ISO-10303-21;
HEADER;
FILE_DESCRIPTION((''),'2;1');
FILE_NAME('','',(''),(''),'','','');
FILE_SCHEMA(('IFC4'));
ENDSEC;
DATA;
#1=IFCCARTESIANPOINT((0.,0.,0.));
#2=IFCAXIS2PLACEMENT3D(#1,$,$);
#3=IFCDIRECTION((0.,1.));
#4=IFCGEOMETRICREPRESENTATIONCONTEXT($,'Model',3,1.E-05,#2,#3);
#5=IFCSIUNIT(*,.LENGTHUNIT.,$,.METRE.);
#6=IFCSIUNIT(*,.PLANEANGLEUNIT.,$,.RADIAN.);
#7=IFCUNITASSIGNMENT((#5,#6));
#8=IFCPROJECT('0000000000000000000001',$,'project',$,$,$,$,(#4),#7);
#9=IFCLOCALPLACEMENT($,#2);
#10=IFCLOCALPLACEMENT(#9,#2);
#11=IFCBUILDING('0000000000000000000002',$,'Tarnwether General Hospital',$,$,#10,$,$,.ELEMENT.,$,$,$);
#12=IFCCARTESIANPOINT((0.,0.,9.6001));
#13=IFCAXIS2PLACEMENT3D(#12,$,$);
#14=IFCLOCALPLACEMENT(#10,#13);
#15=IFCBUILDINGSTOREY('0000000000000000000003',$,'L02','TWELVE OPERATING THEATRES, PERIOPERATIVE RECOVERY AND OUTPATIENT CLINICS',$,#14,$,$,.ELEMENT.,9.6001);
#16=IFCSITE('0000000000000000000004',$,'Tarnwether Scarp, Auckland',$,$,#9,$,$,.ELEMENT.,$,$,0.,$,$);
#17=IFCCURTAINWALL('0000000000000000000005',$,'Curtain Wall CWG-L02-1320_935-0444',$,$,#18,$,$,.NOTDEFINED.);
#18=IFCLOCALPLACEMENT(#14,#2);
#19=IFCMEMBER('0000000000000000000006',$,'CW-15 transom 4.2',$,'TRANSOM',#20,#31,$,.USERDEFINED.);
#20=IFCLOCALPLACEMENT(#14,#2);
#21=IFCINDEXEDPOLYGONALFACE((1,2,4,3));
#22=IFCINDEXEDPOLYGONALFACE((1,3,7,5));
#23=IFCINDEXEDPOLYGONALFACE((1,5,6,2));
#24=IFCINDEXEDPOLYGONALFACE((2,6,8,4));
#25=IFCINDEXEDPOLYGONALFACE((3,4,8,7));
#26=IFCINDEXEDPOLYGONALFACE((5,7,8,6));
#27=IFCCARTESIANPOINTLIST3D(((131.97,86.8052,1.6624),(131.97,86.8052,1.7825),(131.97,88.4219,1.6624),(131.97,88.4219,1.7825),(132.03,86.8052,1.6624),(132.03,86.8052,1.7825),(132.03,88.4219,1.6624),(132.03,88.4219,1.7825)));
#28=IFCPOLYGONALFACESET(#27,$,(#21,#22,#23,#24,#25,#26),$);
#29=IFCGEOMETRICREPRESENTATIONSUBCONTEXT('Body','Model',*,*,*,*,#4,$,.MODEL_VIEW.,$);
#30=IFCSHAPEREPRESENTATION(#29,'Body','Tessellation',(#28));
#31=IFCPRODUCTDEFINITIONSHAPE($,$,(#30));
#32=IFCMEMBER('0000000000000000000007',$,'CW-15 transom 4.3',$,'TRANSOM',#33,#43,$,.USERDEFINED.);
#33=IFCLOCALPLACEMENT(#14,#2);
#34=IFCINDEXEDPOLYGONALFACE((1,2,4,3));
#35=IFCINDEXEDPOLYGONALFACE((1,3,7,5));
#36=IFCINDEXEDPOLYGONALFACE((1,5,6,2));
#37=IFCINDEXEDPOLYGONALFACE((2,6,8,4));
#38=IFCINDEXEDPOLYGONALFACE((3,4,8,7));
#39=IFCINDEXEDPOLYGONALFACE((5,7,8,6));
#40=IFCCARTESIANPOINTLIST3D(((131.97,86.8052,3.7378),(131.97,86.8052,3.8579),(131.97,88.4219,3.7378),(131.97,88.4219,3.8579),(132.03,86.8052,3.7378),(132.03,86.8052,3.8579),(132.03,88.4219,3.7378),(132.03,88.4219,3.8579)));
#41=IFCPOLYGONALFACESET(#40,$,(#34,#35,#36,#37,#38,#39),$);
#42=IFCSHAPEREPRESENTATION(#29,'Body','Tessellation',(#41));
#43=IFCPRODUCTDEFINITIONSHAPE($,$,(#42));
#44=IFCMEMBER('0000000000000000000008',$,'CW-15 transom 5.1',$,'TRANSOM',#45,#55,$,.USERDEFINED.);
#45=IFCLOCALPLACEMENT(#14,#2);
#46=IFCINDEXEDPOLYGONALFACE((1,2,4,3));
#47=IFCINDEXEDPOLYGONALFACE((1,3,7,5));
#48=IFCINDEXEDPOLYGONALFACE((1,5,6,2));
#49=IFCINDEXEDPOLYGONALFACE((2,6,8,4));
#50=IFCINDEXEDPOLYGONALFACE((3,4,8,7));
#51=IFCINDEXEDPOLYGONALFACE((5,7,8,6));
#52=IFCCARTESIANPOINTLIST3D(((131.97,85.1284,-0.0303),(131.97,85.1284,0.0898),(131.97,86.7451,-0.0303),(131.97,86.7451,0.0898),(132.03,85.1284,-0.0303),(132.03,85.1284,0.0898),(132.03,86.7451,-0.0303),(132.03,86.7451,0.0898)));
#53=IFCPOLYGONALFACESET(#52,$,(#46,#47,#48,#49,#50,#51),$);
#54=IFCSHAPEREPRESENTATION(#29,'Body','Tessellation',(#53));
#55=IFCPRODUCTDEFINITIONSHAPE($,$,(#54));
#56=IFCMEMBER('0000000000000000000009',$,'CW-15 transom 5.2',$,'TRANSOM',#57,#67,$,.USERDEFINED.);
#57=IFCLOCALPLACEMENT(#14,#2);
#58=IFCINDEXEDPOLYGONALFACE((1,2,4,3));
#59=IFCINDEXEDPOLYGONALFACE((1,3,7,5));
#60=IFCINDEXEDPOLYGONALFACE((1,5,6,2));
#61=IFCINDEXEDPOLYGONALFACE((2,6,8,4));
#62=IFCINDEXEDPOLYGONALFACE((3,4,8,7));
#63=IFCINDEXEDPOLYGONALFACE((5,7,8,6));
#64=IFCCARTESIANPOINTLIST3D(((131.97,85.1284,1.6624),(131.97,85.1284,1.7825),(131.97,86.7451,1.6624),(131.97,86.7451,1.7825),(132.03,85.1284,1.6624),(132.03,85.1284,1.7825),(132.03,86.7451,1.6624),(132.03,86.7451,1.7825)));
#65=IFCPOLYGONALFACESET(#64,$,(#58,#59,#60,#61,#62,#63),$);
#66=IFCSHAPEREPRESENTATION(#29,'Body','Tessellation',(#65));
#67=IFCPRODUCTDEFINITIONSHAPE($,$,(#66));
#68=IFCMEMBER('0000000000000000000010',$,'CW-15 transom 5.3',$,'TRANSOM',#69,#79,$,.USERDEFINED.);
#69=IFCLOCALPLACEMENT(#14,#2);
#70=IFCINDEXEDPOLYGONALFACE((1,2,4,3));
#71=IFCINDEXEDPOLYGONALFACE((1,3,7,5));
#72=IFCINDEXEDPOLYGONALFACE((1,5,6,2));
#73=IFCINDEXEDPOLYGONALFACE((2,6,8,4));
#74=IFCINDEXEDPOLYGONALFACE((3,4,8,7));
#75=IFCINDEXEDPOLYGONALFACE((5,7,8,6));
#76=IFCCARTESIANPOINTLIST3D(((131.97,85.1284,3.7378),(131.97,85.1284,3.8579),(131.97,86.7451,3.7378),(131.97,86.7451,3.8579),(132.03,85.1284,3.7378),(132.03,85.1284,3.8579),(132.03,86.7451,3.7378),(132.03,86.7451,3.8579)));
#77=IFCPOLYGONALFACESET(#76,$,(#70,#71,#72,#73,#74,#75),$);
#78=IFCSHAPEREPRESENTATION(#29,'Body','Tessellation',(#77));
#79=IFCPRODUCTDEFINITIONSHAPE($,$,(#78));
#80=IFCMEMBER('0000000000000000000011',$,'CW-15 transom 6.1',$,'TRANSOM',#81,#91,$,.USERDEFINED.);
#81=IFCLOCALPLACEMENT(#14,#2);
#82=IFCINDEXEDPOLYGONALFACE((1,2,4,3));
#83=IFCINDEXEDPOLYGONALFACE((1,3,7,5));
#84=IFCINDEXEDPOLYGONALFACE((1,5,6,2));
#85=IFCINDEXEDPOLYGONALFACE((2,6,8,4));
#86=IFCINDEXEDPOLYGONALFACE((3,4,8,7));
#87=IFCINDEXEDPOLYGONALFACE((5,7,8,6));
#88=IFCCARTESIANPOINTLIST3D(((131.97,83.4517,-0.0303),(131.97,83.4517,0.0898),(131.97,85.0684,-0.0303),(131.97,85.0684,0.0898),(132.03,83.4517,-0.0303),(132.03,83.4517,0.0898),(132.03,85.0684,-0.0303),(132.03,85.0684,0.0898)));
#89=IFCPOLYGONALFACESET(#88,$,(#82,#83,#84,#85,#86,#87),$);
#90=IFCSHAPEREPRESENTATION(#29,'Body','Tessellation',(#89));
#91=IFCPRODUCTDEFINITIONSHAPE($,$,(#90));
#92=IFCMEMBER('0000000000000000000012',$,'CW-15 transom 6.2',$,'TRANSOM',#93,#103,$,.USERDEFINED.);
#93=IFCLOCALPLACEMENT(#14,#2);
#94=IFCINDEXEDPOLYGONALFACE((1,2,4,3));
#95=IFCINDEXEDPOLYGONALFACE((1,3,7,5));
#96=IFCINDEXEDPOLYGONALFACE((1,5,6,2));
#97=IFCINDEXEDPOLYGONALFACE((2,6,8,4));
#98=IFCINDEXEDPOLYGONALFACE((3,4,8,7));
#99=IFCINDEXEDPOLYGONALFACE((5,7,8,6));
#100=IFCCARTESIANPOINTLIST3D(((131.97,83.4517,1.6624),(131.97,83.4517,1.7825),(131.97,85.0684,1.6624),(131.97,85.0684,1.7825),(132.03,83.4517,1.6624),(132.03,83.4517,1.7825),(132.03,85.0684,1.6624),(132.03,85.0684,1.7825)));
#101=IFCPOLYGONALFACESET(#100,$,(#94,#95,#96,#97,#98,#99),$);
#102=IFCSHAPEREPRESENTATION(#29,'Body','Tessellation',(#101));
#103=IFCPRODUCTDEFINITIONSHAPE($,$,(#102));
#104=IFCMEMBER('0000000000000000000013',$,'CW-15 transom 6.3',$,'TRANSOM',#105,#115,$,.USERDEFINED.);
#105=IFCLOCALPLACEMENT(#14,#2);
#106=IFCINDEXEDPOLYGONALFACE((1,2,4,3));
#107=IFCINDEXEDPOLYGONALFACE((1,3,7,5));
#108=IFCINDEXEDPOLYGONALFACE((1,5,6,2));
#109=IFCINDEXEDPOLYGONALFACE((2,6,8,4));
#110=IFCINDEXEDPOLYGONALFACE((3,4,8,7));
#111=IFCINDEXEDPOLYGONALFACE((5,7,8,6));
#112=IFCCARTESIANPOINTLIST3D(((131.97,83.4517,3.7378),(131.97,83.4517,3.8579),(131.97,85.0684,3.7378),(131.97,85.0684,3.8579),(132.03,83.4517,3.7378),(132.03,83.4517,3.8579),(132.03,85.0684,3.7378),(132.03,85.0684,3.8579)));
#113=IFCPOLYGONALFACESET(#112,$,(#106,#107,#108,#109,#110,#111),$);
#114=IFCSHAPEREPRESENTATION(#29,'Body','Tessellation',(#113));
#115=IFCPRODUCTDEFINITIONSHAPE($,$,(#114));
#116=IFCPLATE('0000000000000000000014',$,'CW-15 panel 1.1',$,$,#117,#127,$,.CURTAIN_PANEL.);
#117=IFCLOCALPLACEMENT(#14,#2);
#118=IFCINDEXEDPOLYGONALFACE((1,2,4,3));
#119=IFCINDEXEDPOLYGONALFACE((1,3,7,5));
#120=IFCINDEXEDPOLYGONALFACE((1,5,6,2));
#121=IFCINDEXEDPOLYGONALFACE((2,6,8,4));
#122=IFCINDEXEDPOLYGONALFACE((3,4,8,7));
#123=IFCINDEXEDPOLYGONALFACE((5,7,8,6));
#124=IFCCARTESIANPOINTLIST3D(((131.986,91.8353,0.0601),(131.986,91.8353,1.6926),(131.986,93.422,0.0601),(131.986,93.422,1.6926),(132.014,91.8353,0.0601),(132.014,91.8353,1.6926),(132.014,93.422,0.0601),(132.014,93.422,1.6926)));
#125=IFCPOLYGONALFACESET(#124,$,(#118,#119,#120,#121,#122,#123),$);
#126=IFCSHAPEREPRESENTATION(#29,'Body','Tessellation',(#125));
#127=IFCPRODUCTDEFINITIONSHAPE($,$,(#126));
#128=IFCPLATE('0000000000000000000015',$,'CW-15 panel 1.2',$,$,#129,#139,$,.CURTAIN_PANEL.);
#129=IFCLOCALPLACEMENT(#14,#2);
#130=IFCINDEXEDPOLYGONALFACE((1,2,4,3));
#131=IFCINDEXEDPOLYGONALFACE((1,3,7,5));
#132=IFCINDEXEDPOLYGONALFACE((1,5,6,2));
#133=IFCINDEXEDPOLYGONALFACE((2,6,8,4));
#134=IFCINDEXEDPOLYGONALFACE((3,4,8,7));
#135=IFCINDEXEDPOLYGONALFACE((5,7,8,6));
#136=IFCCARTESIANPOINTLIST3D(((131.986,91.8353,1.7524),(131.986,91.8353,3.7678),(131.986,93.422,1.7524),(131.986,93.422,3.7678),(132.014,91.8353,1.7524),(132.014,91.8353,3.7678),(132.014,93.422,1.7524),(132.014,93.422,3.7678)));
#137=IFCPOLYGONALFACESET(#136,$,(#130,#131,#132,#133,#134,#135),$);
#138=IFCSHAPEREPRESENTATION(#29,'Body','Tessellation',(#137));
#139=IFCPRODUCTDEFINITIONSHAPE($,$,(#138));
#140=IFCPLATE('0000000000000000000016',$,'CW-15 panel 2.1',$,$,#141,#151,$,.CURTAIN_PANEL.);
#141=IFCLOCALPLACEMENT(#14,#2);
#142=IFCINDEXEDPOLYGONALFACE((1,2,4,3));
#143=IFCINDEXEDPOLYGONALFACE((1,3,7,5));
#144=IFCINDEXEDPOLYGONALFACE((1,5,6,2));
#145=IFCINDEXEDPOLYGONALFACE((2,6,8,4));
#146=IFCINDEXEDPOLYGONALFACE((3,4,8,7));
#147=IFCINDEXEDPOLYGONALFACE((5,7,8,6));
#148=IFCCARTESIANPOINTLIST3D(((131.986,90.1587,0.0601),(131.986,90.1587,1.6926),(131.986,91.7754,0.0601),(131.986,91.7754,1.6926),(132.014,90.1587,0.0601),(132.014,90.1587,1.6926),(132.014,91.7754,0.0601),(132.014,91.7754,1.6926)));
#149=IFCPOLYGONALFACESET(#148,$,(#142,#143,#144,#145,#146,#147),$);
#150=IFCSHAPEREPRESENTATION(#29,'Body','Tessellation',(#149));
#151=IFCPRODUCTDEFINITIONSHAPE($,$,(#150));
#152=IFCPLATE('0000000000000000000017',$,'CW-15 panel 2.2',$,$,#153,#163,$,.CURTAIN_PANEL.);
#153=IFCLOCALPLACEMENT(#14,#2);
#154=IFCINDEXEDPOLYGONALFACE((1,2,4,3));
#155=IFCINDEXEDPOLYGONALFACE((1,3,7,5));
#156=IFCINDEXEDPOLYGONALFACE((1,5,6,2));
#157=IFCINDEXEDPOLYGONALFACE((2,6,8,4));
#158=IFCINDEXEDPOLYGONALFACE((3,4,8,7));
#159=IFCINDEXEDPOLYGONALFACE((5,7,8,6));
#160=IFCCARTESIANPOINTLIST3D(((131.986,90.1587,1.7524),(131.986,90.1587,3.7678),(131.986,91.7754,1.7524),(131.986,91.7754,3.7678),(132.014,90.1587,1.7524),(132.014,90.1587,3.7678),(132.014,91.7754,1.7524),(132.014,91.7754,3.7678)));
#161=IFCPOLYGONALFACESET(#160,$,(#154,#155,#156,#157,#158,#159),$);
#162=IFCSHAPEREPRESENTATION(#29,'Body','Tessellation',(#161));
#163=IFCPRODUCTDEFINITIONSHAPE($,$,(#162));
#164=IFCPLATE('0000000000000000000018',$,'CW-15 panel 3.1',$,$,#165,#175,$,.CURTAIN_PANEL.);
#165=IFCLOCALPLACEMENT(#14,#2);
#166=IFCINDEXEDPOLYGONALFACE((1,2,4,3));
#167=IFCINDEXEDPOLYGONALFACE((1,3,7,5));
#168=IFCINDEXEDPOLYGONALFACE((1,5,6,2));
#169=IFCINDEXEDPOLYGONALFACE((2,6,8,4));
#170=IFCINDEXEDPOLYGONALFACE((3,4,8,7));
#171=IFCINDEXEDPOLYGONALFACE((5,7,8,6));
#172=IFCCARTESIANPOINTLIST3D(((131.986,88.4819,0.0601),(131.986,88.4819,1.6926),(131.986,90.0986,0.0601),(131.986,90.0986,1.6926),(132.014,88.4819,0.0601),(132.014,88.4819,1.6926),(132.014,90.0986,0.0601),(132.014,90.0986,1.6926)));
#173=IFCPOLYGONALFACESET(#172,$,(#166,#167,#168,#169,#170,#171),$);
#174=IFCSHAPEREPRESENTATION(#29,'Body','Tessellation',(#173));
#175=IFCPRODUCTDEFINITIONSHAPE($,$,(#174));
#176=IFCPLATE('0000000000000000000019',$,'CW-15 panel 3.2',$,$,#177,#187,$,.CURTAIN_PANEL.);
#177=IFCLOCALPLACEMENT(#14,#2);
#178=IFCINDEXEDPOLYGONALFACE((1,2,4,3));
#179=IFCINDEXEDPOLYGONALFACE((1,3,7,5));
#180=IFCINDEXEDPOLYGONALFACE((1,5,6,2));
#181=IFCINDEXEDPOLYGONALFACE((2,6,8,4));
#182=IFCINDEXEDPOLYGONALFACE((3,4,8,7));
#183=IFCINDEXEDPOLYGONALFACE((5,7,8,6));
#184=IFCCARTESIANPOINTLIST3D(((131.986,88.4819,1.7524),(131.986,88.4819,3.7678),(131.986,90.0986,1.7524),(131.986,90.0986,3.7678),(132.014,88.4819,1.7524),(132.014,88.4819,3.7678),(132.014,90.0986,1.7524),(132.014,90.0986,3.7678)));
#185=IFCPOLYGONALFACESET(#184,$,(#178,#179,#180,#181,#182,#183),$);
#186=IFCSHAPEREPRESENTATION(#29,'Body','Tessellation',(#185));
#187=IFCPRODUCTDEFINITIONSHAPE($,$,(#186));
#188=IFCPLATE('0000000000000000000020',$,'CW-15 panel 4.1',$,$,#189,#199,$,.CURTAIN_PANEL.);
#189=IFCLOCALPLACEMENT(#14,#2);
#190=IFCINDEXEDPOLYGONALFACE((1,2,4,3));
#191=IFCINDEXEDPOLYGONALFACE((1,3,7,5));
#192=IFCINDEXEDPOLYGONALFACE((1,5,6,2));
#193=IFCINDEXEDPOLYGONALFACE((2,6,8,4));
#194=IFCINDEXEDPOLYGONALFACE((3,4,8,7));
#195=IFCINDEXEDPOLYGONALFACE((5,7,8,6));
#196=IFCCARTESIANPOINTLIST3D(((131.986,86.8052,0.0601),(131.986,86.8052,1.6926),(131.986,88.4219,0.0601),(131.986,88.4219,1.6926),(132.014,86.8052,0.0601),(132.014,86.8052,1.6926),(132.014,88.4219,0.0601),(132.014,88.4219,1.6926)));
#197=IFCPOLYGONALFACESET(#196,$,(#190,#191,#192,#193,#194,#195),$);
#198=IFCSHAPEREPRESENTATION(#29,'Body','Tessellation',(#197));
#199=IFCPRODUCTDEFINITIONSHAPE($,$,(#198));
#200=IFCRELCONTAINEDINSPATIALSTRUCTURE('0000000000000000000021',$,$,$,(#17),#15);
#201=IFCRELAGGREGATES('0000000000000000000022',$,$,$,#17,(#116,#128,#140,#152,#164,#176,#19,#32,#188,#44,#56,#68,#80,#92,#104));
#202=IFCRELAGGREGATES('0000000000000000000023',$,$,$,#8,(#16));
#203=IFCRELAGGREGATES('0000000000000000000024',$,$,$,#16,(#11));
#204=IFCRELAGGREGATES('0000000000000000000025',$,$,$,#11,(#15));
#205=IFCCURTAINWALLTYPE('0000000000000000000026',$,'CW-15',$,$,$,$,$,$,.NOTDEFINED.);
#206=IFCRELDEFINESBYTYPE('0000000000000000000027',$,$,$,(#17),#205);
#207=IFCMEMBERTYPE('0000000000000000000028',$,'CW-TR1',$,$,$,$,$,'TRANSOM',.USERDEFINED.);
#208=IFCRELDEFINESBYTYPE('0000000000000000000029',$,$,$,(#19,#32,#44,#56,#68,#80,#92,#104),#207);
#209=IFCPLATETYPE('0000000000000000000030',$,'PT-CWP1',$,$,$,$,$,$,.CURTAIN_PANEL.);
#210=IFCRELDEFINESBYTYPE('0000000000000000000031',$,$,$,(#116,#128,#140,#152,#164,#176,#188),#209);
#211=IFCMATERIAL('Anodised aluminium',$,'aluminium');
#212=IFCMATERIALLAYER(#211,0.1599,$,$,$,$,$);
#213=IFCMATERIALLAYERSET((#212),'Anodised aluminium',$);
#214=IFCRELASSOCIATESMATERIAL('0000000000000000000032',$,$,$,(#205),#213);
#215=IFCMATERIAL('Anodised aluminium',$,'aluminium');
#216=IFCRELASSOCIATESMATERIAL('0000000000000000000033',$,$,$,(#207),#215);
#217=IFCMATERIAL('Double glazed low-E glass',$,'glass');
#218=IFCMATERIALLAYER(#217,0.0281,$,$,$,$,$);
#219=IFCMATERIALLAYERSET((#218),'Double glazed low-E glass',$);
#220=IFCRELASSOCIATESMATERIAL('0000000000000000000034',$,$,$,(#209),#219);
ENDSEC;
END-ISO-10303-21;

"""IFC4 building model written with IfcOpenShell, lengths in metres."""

from ifc_helpers import new_model, si_unit, direction, frame, origin, origin_2d, place, context, subcontext, project, spatial, rectangle, extrude, material, layer, layer_set, material_profile, profile_set, type_object, element, aggregate, save


model = new_model("IFC4")

# Units and contexts
model_context = context("Model", 3, precision=1e-05, world=origin(), true_north=direction((0.0, 1.0)))
body_context = subcontext(model_context, "Body", "Model", "MODEL_VIEW")
ifc_project = project(units=[si_unit("LENGTHUNIT", "METRE"), si_unit("PLANEANGLEUNIT", "RADIAN")], contexts=[model_context])

# Site, building, storey
site_placement = place(None, origin())
site = spatial("IfcSite", under=ifc_project, at=site_placement, Name="Tarnwether Scarp, Auckland", CompositionType="ELEMENT", RefElevation=0.0)
building_placement = place(site_placement, origin())
building = spatial("IfcBuilding", under=site, at=building_placement, Name="Tarnwether General Hospital", CompositionType="ELEMENT")
storey_placement = place(building_placement, frame((0.0, 0.0, 9.6001)))
storey = spatial("IfcBuildingStorey", under=building, at=storey_placement, Name="L02", Description="TWELVE OPERATING THEATRES, PERIOPERATIVE RECOVERY AND OUTPATIENT CLINICS", CompositionType="ELEMENT", Elevation=9.6001)

# Curtain wall, members, plates
ifc_material_1 = material(Name="Anodised aluminium", Category="aluminium")
ifc_layer_1 = layer(ifc_material_1, 0.1599)
ifc_layer_set_1 = layer_set([ifc_layer_1], Name="Anodised aluminium")
curtain_wall_type = type_object("IfcCurtainWallType", Name="CW-15", PredefinedType="NOTDEFINED", material=ifc_layer_set_1)
curtain_wall_placement = place(storey_placement, origin())
curtain_wall = element("IfcCurtainWall", 1, at=curtain_wall_placement, inside=storey, type_object=curtain_wall_type, Name="Curtain Wall CWG-L02-1320_935-0444", PredefinedType="NOTDEFINED")
ifc_material_2 = material(Name="Anodised aluminium", Category="aluminium")
ifc_material_profile_1 = material_profile(ifc_material_2, rectangle(XDim=0.0601, YDim=0.1201, at=origin_2d()), Name="ALU-TRN-60x120")
ifc_profile_set_1 = profile_set([ifc_material_profile_1], Name="Anodised aluminium")
member_type_1 = type_object("IfcMemberType", Name="CW-TR1", ElementType="TRANSOM", PredefinedType="USERDEFINED", material=ifc_profile_set_1)
member_1_placement = place(storey_placement, frame((132.0, 88.4219, 1.7224), z_axis=(0.0, -1.0, 0.0), x_axis=(1.0, 0.0, 0.0)))
member_1 = element("IfcMember", 2, at=member_1_placement, type_object=member_type_1, Name="CW-15 transom 4.2", ObjectType="TRANSOM", PredefinedType="USERDEFINED", context=body_context, shape_type="SweptSolid", body=[
    extrude(rectangle(XDim=0.0601, YDim=0.1201, at=origin_2d()), origin(), (0.0, 0.0, 1.0), 1.6167),
])
member_2_placement = place(storey_placement, frame((132.0, 88.4219, 3.7979), z_axis=(0.0, -1.0, 0.0), x_axis=(1.0, 0.0, 0.0)))
member_2 = element("IfcMember", 3, at=member_2_placement, type_object=member_type_1, Name="CW-15 transom 4.3", ObjectType="TRANSOM", PredefinedType="USERDEFINED", context=body_context, shape_type="SweptSolid", body=[
    extrude(rectangle(XDim=0.0601, YDim=0.1201, at=origin_2d()), origin(), (0.0, 0.0, 1.0), 1.6167),
])
member_3_placement = place(storey_placement, frame((132.0, 86.7451, 0.0298), z_axis=(0.0, -1.0, 0.0), x_axis=(1.0, 0.0, 0.0)))
member_3 = element("IfcMember", 4, at=member_3_placement, type_object=member_type_1, Name="CW-15 transom 5.1", ObjectType="TRANSOM", PredefinedType="USERDEFINED", context=body_context, shape_type="SweptSolid", body=[
    extrude(rectangle(XDim=0.0601, YDim=0.1201, at=origin_2d()), origin(), (0.0, 0.0, 1.0), 1.6167),
])
member_4_placement = place(storey_placement, frame((132.0, 86.7451, 1.7224), z_axis=(0.0, -1.0, 0.0), x_axis=(1.0, 0.0, 0.0)))
member_4 = element("IfcMember", 5, at=member_4_placement, type_object=member_type_1, Name="CW-15 transom 5.2", ObjectType="TRANSOM", PredefinedType="USERDEFINED", context=body_context, shape_type="SweptSolid", body=[
    extrude(rectangle(XDim=0.0601, YDim=0.1201, at=origin_2d()), origin(), (0.0, 0.0, 1.0), 1.6167),
])
member_5_placement = place(storey_placement, frame((132.0, 86.7451, 3.7979), z_axis=(0.0, -1.0, 0.0), x_axis=(1.0, 0.0, 0.0)))
member_5 = element("IfcMember", 6, at=member_5_placement, type_object=member_type_1, Name="CW-15 transom 5.3", ObjectType="TRANSOM", PredefinedType="USERDEFINED", context=body_context, shape_type="SweptSolid", body=[
    extrude(rectangle(XDim=0.0601, YDim=0.1201, at=origin_2d()), origin(), (0.0, 0.0, 1.0), 1.6167),
])
member_6_placement = place(storey_placement, frame((132.0, 85.0684, 0.0298), z_axis=(0.0, -1.0, 0.0), x_axis=(1.0, 0.0, 0.0)))
member_6 = element("IfcMember", 7, at=member_6_placement, type_object=member_type_1, Name="CW-15 transom 6.1", ObjectType="TRANSOM", PredefinedType="USERDEFINED", context=body_context, shape_type="SweptSolid", body=[
    extrude(rectangle(XDim=0.0601, YDim=0.1201, at=origin_2d()), origin(), (0.0, 0.0, 1.0), 1.6167),
])
member_7_placement = place(storey_placement, frame((132.0, 85.0684, 1.7224), z_axis=(0.0, -1.0, 0.0), x_axis=(1.0, 0.0, 0.0)))
member_7 = element("IfcMember", 8, at=member_7_placement, type_object=member_type_1, Name="CW-15 transom 6.2", ObjectType="TRANSOM", PredefinedType="USERDEFINED", context=body_context, shape_type="SweptSolid", body=[
    extrude(rectangle(XDim=0.0601, YDim=0.1201, at=origin_2d()), origin(), (0.0, 0.0, 1.0), 1.6167),
])
member_8_placement = place(storey_placement, frame((132.0, 85.0684, 3.7979), z_axis=(0.0, -1.0, 0.0), x_axis=(1.0, 0.0, 0.0)))
member_8 = element("IfcMember", 9, at=member_8_placement, type_object=member_type_1, Name="CW-15 transom 6.3", ObjectType="TRANSOM", PredefinedType="USERDEFINED", context=body_context, shape_type="SweptSolid", body=[
    extrude(rectangle(XDim=0.0601, YDim=0.1201, at=origin_2d()), origin(), (0.0, 0.0, 1.0), 1.6167),
])
ifc_material_3 = material(Name="Double glazed low-E glass", Category="glass")
ifc_layer_2 = layer(ifc_material_3, 0.0281)
ifc_layer_set_2 = layer_set([ifc_layer_2], Name="Double glazed low-E glass")
plate_type = type_object("IfcPlateType", Name="PT-CWP1", PredefinedType="CURTAIN_PANEL", material=ifc_layer_set_2)
plate_1_placement = place(storey_placement, frame((132.0, 92.6287, 0.0601), z_axis=(0.0, 0.0, 1.0), x_axis=(0.0, -1.0, 0.0)))
plate_1 = element("IfcPlate", 10, at=plate_1_placement, type_object=plate_type, Name="CW-15 panel 1.1", PredefinedType="CURTAIN_PANEL", context=body_context, shape_type="SweptSolid", body=[
    extrude(rectangle(XDim=1.5867, YDim=0.0281, at=origin_2d()), origin(), (0.0, 0.0, 1.0), 1.6326),
])
plate_2_placement = place(storey_placement, frame((132.0, 92.6287, 1.7524), z_axis=(0.0, 0.0, 1.0), x_axis=(0.0, -1.0, 0.0)))
plate_2 = element("IfcPlate", 11, at=plate_2_placement, type_object=plate_type, Name="CW-15 panel 1.2", PredefinedType="CURTAIN_PANEL", context=body_context, shape_type="SweptSolid", body=[
    extrude(rectangle(XDim=1.5867, YDim=0.0281, at=origin_2d()), origin(), (0.0, 0.0, 1.0), 2.0154),
])
plate_3_placement = place(storey_placement, frame((132.0, 90.967, 0.0601), z_axis=(0.0, 0.0, 1.0), x_axis=(0.0, -1.0, 0.0)))
plate_3 = element("IfcPlate", 12, at=plate_3_placement, type_object=plate_type, Name="CW-15 panel 2.1", PredefinedType="CURTAIN_PANEL", context=body_context, shape_type="SweptSolid", body=[
    extrude(rectangle(XDim=1.6167, YDim=0.0281, at=origin_2d()), origin(), (0.0, 0.0, 1.0), 1.6326),
])
plate_4_placement = place(storey_placement, frame((132.0, 90.967, 1.7524), z_axis=(0.0, 0.0, 1.0), x_axis=(0.0, -1.0, 0.0)))
plate_4 = element("IfcPlate", 13, at=plate_4_placement, type_object=plate_type, Name="CW-15 panel 2.2", PredefinedType="CURTAIN_PANEL", context=body_context, shape_type="SweptSolid", body=[
    extrude(rectangle(XDim=1.6167, YDim=0.0281, at=origin_2d()), origin(), (0.0, 0.0, 1.0), 2.0154),
])
plate_5_placement = place(storey_placement, frame((132.0, 89.2903, 0.0601), z_axis=(0.0, 0.0, 1.0), x_axis=(0.0, -1.0, 0.0)))
plate_5 = element("IfcPlate", 14, at=plate_5_placement, type_object=plate_type, Name="CW-15 panel 3.1", PredefinedType="CURTAIN_PANEL", context=body_context, shape_type="SweptSolid", body=[
    extrude(rectangle(XDim=1.6167, YDim=0.0281, at=origin_2d()), origin(), (0.0, 0.0, 1.0), 1.6326),
])
plate_6_placement = place(storey_placement, frame((132.0, 89.2903, 1.7524), z_axis=(0.0, 0.0, 1.0), x_axis=(0.0, -1.0, 0.0)))
plate_6 = element("IfcPlate", 15, at=plate_6_placement, type_object=plate_type, Name="CW-15 panel 3.2", PredefinedType="CURTAIN_PANEL", context=body_context, shape_type="SweptSolid", body=[
    extrude(rectangle(XDim=1.6167, YDim=0.0281, at=origin_2d()), origin(), (0.0, 0.0, 1.0), 2.0154),
])
plate_7_placement = place(storey_placement, frame((132.0, 87.6135, 0.0601), z_axis=(0.0, 0.0, 1.0), x_axis=(0.0, -1.0, 0.0)))
plate_7 = element("IfcPlate", 16, at=plate_7_placement, type_object=plate_type, Name="CW-15 panel 4.1", PredefinedType="CURTAIN_PANEL", context=body_context, shape_type="SweptSolid", body=[
    extrude(rectangle(XDim=1.6167, YDim=0.0281, at=origin_2d()), origin(), (0.0, 0.0, 1.0), 1.6326),
])
aggregate(curtain_wall, [plate_1, plate_2, plate_3, plate_4, plate_5, plate_6, member_1, member_2, plate_7, member_3, member_4, member_5, member_6, member_7, member_8])

save(model, "model.ifc")
